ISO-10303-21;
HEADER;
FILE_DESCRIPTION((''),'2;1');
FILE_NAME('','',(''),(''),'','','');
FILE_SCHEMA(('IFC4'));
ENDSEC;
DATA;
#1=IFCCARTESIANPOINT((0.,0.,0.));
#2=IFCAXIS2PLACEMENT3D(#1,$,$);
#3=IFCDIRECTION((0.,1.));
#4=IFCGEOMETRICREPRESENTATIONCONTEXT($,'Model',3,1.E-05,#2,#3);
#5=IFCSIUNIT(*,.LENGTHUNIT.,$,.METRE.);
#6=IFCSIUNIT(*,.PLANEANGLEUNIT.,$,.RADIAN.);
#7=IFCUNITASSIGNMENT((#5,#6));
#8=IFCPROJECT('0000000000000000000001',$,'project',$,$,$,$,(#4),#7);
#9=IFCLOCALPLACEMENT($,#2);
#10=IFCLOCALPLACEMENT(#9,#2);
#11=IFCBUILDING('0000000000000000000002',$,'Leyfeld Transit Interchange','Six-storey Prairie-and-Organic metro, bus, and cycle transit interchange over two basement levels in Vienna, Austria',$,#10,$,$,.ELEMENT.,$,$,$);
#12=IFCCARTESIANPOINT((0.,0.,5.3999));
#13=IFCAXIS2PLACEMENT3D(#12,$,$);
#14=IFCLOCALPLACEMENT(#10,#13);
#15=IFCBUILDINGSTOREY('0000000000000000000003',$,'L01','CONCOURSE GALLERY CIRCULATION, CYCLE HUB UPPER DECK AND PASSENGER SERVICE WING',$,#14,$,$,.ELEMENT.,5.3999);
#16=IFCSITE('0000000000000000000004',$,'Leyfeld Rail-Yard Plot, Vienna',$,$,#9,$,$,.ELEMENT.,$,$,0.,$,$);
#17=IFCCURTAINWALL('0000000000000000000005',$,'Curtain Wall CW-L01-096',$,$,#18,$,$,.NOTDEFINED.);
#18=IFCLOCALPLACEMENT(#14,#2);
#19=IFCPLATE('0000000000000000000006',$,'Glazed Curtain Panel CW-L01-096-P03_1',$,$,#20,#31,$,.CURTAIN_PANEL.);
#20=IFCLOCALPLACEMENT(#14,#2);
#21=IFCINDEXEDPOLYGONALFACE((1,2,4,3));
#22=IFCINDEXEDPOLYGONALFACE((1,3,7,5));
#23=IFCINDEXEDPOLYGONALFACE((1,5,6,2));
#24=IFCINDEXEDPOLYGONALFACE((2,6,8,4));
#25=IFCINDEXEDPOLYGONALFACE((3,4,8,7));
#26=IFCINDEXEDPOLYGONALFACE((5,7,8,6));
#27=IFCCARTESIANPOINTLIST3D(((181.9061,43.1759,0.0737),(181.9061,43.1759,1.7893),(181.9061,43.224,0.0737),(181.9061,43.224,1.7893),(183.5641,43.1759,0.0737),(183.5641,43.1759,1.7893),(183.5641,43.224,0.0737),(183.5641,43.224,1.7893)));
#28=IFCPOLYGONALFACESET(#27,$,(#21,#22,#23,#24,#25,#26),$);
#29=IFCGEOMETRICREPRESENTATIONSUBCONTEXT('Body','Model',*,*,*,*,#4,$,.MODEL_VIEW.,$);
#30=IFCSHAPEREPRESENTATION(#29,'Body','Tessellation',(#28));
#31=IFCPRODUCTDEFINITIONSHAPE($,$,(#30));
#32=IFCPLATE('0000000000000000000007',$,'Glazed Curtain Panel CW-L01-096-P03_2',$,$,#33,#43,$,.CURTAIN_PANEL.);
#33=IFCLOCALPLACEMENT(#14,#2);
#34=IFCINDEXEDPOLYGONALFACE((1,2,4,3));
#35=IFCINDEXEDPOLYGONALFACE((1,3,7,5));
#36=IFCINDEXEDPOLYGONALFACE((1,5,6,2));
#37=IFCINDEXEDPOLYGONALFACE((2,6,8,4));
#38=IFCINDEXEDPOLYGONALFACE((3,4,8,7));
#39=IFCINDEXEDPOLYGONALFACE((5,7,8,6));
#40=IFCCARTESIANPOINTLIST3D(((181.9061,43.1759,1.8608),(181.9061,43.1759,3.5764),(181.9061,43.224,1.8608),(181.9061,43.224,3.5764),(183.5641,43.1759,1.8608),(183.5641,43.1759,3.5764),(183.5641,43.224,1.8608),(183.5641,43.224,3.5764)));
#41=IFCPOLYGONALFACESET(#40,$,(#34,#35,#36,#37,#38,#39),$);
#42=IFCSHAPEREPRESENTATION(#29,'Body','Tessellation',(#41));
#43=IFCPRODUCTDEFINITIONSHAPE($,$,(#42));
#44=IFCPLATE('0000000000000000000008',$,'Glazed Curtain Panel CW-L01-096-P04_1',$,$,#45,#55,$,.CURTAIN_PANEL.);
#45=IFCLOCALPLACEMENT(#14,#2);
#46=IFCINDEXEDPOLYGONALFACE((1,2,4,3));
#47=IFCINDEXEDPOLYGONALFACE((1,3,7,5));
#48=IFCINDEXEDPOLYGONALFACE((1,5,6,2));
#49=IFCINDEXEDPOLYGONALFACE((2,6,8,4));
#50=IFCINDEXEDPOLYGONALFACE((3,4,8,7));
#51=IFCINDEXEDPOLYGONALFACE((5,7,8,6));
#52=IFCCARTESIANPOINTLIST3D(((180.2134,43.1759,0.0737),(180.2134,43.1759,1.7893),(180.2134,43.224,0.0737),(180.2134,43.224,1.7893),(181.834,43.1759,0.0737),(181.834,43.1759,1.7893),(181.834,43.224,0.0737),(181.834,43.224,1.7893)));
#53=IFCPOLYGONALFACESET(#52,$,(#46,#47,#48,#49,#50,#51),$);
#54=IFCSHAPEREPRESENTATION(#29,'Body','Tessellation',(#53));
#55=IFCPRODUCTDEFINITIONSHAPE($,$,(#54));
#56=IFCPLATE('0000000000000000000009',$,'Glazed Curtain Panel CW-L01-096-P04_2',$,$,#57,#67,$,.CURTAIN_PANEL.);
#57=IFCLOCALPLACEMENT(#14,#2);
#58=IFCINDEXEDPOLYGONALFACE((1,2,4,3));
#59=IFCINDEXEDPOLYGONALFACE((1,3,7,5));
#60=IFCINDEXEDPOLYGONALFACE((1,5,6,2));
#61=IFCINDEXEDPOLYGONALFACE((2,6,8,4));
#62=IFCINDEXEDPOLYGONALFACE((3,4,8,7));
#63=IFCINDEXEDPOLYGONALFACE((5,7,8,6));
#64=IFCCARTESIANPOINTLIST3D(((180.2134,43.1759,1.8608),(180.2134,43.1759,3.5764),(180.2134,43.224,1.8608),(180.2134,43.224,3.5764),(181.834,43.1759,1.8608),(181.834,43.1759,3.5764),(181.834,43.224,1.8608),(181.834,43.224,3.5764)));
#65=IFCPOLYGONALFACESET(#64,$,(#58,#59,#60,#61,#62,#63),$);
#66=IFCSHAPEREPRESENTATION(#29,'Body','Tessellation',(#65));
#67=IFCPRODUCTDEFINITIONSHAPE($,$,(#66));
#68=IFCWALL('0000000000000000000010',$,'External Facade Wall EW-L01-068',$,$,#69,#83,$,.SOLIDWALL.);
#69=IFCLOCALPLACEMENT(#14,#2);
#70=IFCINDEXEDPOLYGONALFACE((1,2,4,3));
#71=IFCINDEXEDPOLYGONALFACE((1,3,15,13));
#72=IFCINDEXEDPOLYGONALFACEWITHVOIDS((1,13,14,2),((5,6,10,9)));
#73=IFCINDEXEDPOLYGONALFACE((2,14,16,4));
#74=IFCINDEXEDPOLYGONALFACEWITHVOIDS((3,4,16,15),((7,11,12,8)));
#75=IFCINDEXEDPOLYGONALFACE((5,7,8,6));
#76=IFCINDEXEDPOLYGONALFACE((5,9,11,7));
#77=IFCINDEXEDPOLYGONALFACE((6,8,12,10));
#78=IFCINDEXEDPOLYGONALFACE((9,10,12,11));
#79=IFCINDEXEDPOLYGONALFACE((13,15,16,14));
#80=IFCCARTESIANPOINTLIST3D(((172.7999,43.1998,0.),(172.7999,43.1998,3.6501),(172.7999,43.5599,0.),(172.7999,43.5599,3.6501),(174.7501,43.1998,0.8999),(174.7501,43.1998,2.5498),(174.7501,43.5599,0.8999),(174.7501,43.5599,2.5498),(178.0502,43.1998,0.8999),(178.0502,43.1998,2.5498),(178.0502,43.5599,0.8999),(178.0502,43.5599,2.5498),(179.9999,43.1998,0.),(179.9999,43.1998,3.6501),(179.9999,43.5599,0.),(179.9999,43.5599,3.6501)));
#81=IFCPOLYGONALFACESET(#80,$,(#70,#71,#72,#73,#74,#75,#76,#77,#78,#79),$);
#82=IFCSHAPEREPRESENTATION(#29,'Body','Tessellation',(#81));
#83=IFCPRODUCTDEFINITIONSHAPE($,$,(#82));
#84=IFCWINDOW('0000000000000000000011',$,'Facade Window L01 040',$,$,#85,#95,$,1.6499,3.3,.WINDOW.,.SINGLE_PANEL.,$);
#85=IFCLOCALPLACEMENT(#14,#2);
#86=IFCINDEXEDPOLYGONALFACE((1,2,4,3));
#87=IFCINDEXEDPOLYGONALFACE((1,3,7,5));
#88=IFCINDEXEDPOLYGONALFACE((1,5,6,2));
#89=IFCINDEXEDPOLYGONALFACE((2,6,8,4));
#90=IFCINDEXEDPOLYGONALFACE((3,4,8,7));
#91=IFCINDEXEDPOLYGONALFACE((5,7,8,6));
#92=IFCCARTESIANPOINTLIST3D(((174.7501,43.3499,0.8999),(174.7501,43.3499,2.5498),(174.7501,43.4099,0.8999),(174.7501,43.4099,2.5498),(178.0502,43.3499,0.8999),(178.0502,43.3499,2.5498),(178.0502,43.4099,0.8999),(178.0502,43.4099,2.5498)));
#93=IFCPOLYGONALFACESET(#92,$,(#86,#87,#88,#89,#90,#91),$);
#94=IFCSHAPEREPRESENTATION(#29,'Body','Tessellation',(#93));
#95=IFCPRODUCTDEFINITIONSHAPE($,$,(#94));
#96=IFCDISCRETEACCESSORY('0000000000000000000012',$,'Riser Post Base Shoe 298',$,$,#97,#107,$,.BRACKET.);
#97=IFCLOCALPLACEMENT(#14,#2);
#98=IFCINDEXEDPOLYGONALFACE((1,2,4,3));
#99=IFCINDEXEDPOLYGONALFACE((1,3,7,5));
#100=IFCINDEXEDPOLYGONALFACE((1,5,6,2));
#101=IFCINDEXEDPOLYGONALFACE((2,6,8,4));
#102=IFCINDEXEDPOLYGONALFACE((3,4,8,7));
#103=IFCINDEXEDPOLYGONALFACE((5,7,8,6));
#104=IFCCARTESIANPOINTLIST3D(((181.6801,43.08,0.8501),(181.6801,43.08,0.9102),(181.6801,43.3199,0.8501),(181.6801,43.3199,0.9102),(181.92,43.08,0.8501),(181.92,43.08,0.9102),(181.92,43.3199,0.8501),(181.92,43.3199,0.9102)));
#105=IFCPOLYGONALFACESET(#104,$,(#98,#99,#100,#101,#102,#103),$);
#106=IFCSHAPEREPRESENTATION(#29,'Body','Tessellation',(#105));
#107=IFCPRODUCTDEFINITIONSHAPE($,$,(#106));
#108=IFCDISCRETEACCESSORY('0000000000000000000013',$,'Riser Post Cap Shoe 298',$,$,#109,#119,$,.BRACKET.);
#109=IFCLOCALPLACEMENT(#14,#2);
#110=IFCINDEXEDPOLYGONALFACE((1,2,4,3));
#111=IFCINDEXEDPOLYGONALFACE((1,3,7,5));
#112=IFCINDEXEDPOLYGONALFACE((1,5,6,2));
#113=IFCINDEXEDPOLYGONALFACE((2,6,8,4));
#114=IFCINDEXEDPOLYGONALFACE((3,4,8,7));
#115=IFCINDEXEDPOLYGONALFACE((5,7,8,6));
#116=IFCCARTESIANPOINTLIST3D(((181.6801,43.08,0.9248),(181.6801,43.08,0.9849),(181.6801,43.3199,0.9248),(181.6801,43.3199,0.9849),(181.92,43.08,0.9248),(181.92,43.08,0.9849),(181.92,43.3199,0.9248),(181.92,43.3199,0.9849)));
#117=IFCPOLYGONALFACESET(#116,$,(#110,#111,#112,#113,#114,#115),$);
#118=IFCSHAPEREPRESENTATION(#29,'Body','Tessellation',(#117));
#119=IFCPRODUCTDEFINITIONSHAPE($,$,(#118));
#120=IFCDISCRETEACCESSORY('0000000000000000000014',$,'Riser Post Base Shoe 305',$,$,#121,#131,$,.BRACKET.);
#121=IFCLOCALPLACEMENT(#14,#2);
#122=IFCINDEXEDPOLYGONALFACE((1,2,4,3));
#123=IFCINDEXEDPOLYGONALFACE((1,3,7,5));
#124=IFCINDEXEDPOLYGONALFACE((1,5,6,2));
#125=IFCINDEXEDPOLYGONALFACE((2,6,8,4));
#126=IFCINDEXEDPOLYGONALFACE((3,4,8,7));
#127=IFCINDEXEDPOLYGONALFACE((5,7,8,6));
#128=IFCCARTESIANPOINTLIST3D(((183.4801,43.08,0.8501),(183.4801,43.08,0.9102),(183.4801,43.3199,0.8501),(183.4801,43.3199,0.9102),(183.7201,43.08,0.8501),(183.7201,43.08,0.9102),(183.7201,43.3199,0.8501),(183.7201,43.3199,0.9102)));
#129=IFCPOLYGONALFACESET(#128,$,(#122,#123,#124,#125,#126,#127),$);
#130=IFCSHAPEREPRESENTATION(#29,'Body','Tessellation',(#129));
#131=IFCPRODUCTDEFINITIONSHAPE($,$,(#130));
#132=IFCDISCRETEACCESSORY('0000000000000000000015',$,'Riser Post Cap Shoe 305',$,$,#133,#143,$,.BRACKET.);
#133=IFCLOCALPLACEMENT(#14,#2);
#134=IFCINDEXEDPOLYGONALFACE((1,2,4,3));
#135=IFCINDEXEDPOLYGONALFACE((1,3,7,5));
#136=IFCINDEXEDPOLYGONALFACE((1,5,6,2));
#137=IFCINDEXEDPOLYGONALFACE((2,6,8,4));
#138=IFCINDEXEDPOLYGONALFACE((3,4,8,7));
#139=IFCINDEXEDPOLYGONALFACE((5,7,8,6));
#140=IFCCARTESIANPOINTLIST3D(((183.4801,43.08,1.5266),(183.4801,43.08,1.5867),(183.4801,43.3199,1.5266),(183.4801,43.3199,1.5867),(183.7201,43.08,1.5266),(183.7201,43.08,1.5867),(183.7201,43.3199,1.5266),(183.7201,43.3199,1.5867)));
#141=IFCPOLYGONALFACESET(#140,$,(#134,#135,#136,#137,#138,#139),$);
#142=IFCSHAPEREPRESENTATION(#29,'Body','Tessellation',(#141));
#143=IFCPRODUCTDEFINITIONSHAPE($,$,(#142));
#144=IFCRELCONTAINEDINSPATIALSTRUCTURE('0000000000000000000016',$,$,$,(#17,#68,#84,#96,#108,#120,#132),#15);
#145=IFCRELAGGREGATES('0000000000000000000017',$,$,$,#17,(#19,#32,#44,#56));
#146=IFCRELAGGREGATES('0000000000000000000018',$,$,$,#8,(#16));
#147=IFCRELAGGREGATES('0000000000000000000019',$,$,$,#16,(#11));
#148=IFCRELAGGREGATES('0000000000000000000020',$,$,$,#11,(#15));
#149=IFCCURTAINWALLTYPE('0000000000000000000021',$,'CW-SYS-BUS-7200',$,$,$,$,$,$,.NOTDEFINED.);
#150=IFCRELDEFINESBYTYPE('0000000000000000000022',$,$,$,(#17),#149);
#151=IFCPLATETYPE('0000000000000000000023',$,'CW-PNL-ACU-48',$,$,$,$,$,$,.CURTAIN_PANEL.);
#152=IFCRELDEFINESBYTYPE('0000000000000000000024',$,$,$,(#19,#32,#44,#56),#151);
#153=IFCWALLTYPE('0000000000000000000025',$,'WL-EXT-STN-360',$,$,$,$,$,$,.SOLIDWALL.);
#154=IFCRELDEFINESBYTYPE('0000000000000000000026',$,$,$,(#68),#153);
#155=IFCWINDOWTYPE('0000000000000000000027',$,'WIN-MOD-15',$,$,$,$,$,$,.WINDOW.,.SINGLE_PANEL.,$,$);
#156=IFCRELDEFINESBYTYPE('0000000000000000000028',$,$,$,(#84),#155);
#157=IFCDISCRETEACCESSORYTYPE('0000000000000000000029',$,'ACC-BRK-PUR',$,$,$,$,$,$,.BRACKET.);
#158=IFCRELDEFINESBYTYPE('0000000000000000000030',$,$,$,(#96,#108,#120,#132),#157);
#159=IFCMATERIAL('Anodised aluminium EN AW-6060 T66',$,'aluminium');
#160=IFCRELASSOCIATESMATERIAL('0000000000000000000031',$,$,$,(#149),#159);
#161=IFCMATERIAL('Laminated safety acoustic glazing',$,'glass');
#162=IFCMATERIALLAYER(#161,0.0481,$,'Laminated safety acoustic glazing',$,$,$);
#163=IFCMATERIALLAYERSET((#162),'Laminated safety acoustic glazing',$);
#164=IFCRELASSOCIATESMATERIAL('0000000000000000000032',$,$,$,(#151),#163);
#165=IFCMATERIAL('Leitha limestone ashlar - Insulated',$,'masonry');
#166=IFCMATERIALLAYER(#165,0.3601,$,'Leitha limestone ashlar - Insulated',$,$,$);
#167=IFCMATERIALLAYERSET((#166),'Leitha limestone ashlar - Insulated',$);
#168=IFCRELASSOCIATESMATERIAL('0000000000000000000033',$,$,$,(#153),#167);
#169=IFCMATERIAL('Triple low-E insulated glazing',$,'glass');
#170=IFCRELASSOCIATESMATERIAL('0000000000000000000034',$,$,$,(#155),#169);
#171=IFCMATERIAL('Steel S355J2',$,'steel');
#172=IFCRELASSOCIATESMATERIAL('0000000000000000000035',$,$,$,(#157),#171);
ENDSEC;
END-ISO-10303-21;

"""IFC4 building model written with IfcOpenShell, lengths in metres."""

from ifc_helpers import new_model, si_unit, direction, frame, frame_2d, origin, origin_2d, place, context, subcontext, project, spatial, rectangle, extrude, material, layer, layer_set, type_object, element, fill, aggregate, save


model = new_model("IFC4")

# Units and contexts
model_context = context("Model", 3, precision=1e-05, world=origin(), true_north=direction((0.0, 1.0)))
body_context = subcontext(model_context, "Body", "Model", "MODEL_VIEW")
ifc_project = project(units=[si_unit("LENGTHUNIT", "METRE"), si_unit("PLANEANGLEUNIT", "RADIAN")], contexts=[model_context])

# Site, building, storey
site_placement = place(None, origin())
site = spatial("IfcSite", under=ifc_project, at=site_placement, Name="Leyfeld Rail-Yard Plot, Vienna", CompositionType="ELEMENT", RefElevation=0.0)
building_placement = place(site_placement, origin())
building = spatial("IfcBuilding", under=site, at=building_placement, Name="Leyfeld Transit Interchange", Description="Six-storey Prairie-and-Organic metro, bus, and cycle transit interchange over two basement levels in Vienna, Austria", CompositionType="ELEMENT")
storey_placement = place(building_placement, frame((0.0, 0.0, 5.3999)))
storey = spatial("IfcBuildingStorey", under=building, at=storey_placement, Name="L01", Description="CONCOURSE GALLERY CIRCULATION, CYCLE HUB UPPER DECK AND PASSENGER SERVICE WING", CompositionType="ELEMENT", Elevation=5.3999)

# Shared definitions
ifc_material_1 = material(Name="Steel S355J2", Category="steel")

# Curtain wall
ifc_material_2 = material(Name="Anodised aluminium EN AW-6060 T66", Category="aluminium")
curtain_wall_type = type_object("IfcCurtainWallType", Name="CW-SYS-BUS-7200", PredefinedType="NOTDEFINED", material=ifc_material_2)
curtain_wall_placement = place(storey_placement, origin())
curtain_wall = element("IfcCurtainWall", 1, at=curtain_wall_placement, inside=storey, type_object=curtain_wall_type, Name="Curtain Wall CW-L01-096", PredefinedType="NOTDEFINED")

# Plates
ifc_material_3 = material(Name="Laminated safety acoustic glazing", Category="glass")
ifc_layer_1 = layer(ifc_material_3, 0.0481, Name="Laminated safety acoustic glazing")
ifc_layer_set_1 = layer_set([ifc_layer_1], Name="Laminated safety acoustic glazing")
plate_type = type_object("IfcPlateType", Name="CW-PNL-ACU-48", PredefinedType="CURTAIN_PANEL", material=ifc_layer_set_1)
plate_1_placement = place(storey_placement, frame((182.7351, 43.2, 0.0737), z_axis=(0.0, 0.0, 1.0), x_axis=(-1.0, 0.0, 0.0)))
plate_1 = element("IfcPlate", 2, at=plate_1_placement, type_object=plate_type, Name="Glazed Curtain Panel CW-L01-096-P03_1", PredefinedType="CURTAIN_PANEL", context=body_context, shape_type="SweptSolid", body=[
    extrude(rectangle(XDim=1.658, YDim=0.0481, at=origin_2d()), origin(), (0.0, 0.0, 1.0), 1.7156),
])
plate_2_placement = place(storey_placement, frame((182.7351, 43.2, 1.8608), z_axis=(0.0, 0.0, 1.0), x_axis=(-1.0, 0.0, 0.0)))
plate_2 = element("IfcPlate", 3, at=plate_2_placement, type_object=plate_type, Name="Glazed Curtain Panel CW-L01-096-P03_2", PredefinedType="CURTAIN_PANEL", context=body_context, shape_type="SweptSolid", body=[
    extrude(rectangle(XDim=1.658, YDim=0.0481, at=origin_2d()), origin(), (0.0, 0.0, 1.0), 1.7156),
])
plate_3_placement = place(storey_placement, frame((181.0237, 43.2, 0.0737), z_axis=(0.0, 0.0, 1.0), x_axis=(-1.0, 0.0, 0.0)))
plate_3 = element("IfcPlate", 4, at=plate_3_placement, type_object=plate_type, Name="Glazed Curtain Panel CW-L01-096-P04_1", PredefinedType="CURTAIN_PANEL", context=body_context, shape_type="SweptSolid", body=[
    extrude(rectangle(XDim=1.6206, YDim=0.0481, at=origin_2d()), origin(), (0.0, 0.0, 1.0), 1.7156),
])
plate_4_placement = place(storey_placement, frame((181.0237, 43.2, 1.8608), z_axis=(0.0, 0.0, 1.0), x_axis=(-1.0, 0.0, 0.0)))
plate_4 = element("IfcPlate", 5, at=plate_4_placement, type_object=plate_type, Name="Glazed Curtain Panel CW-L01-096-P04_2", PredefinedType="CURTAIN_PANEL", context=body_context, shape_type="SweptSolid", body=[
    extrude(rectangle(XDim=1.6206, YDim=0.0481, at=origin_2d()), origin(), (0.0, 0.0, 1.0), 1.7156),
])
aggregate(curtain_wall, [plate_1, plate_2, plate_3, plate_4])

# Wall, opening, window
ifc_material_4 = material(Name="Leitha limestone ashlar - Insulated", Category="masonry")
ifc_layer_2 = layer(ifc_material_4, 0.3601, Name="Leitha limestone ashlar - Insulated")
ifc_layer_set_2 = layer_set([ifc_layer_2], Name="Leitha limestone ashlar - Insulated")
wall_type = type_object("IfcWallType", Name="WL-EXT-STN-360", PredefinedType="SOLIDWALL", material=ifc_layer_set_2)
wall_placement = place(storey_placement, frame((180.0, 43.3799, 0.0), z_axis=(0.0, 0.0, 1.0), x_axis=(-1.0, 0.0, 0.0)))
wall = element("IfcWall", 6, at=wall_placement, inside=storey, type_object=wall_type, Name="External Facade Wall EW-L01-068", PredefinedType="SOLIDWALL", context=body_context, shape_type="SweptSolid", body=[
    extrude(rectangle(XDim=7.2, YDim=0.3601, at=frame_2d((3.6001, 0.0))), origin(), (0.0, 0.0, 1.0), 3.6501),
])
opening_placement = place(wall_placement, frame((1.95, 0.0, 0.8999)))
opening = element("IfcOpeningElement", 7, at=opening_placement, cuts=wall, PredefinedType="OPENING", context=body_context, shape_type="SweptSolid", body=[
    extrude(rectangle(XDim=3.3, YDim=1.6499, at=frame_2d((1.6499, 0.825))), frame((0.0, 0.1899, 0.0), z_axis=(0.0, -1.0, 0.0), x_axis=(1.0, 0.0, 0.0)), (0.0, 0.0, 1.0), 0.3801),
])
ifc_material_5 = material(Name="Triple low-E insulated glazing", Category="glass")
window_type = type_object("IfcWindowType", Name="WIN-MOD-15", PartitioningType="SINGLE_PANEL", PredefinedType="WINDOW", material=ifc_material_5)
window_placement = place(opening_placement, origin())
window = element("IfcWindow", 8, at=window_placement, inside=storey, type_object=window_type, Name="Facade Window L01 040", OverallHeight=1.6499, OverallWidth=3.3, PartitioningType="SINGLE_PANEL", PredefinedType="WINDOW", context=body_context, shape_type="SweptSolid", body=[
    extrude(rectangle(XDim=3.3, YDim=1.6499, at=frame_2d((1.6499, 0.825))), frame((0.0, 0.03, 0.0), z_axis=(0.0, -1.0, 0.0), x_axis=(1.0, 0.0, 0.0)), (0.0, 0.0, 1.0), 0.0601),
])
fill(opening, window)

# Discrete accessories
discrete_accessory_type = type_object("IfcDiscreteAccessoryType", Name="ACC-BRK-PUR", PredefinedType="BRACKET", material=ifc_material_1)
for number, where, z_axis, x_axis, name in (
    (9, (181.8, 43.2, 0.8501), (0.0, 0.0, 1.0), (1.0, 0.0, 0.0), "Riser Post Base Shoe 298"),
    (10, (181.8, 43.2, 0.9248), (0.0, 0.0, 1.0), (1.0, 0.0, 0.0), "Riser Post Cap Shoe 298"),
    (11, (183.6001, 43.2, 0.8501), (0.0, 0.0, 1.0), (1.0, 0.0, 0.0), "Riser Post Base Shoe 305"),
    (12, (183.6001, 43.2, 1.5266), (0.0, 0.0, 1.0), (1.0, 0.0, 0.0), "Riser Post Cap Shoe 305"),
):
    element("IfcDiscreteAccessory", number, at=place(storey_placement, frame(where, z_axis=z_axis, x_axis=x_axis)), inside=storey, type_object=discrete_accessory_type, Name=name, PredefinedType="BRACKET", context=body_context, shape_type="SweptSolid", body=[
        extrude(rectangle(XDim=0.24, YDim=0.24, at=origin_2d()), origin(), (0.0, 0.0, 1.0), 0.0601),
    ])

save(model, "model.ifc")
